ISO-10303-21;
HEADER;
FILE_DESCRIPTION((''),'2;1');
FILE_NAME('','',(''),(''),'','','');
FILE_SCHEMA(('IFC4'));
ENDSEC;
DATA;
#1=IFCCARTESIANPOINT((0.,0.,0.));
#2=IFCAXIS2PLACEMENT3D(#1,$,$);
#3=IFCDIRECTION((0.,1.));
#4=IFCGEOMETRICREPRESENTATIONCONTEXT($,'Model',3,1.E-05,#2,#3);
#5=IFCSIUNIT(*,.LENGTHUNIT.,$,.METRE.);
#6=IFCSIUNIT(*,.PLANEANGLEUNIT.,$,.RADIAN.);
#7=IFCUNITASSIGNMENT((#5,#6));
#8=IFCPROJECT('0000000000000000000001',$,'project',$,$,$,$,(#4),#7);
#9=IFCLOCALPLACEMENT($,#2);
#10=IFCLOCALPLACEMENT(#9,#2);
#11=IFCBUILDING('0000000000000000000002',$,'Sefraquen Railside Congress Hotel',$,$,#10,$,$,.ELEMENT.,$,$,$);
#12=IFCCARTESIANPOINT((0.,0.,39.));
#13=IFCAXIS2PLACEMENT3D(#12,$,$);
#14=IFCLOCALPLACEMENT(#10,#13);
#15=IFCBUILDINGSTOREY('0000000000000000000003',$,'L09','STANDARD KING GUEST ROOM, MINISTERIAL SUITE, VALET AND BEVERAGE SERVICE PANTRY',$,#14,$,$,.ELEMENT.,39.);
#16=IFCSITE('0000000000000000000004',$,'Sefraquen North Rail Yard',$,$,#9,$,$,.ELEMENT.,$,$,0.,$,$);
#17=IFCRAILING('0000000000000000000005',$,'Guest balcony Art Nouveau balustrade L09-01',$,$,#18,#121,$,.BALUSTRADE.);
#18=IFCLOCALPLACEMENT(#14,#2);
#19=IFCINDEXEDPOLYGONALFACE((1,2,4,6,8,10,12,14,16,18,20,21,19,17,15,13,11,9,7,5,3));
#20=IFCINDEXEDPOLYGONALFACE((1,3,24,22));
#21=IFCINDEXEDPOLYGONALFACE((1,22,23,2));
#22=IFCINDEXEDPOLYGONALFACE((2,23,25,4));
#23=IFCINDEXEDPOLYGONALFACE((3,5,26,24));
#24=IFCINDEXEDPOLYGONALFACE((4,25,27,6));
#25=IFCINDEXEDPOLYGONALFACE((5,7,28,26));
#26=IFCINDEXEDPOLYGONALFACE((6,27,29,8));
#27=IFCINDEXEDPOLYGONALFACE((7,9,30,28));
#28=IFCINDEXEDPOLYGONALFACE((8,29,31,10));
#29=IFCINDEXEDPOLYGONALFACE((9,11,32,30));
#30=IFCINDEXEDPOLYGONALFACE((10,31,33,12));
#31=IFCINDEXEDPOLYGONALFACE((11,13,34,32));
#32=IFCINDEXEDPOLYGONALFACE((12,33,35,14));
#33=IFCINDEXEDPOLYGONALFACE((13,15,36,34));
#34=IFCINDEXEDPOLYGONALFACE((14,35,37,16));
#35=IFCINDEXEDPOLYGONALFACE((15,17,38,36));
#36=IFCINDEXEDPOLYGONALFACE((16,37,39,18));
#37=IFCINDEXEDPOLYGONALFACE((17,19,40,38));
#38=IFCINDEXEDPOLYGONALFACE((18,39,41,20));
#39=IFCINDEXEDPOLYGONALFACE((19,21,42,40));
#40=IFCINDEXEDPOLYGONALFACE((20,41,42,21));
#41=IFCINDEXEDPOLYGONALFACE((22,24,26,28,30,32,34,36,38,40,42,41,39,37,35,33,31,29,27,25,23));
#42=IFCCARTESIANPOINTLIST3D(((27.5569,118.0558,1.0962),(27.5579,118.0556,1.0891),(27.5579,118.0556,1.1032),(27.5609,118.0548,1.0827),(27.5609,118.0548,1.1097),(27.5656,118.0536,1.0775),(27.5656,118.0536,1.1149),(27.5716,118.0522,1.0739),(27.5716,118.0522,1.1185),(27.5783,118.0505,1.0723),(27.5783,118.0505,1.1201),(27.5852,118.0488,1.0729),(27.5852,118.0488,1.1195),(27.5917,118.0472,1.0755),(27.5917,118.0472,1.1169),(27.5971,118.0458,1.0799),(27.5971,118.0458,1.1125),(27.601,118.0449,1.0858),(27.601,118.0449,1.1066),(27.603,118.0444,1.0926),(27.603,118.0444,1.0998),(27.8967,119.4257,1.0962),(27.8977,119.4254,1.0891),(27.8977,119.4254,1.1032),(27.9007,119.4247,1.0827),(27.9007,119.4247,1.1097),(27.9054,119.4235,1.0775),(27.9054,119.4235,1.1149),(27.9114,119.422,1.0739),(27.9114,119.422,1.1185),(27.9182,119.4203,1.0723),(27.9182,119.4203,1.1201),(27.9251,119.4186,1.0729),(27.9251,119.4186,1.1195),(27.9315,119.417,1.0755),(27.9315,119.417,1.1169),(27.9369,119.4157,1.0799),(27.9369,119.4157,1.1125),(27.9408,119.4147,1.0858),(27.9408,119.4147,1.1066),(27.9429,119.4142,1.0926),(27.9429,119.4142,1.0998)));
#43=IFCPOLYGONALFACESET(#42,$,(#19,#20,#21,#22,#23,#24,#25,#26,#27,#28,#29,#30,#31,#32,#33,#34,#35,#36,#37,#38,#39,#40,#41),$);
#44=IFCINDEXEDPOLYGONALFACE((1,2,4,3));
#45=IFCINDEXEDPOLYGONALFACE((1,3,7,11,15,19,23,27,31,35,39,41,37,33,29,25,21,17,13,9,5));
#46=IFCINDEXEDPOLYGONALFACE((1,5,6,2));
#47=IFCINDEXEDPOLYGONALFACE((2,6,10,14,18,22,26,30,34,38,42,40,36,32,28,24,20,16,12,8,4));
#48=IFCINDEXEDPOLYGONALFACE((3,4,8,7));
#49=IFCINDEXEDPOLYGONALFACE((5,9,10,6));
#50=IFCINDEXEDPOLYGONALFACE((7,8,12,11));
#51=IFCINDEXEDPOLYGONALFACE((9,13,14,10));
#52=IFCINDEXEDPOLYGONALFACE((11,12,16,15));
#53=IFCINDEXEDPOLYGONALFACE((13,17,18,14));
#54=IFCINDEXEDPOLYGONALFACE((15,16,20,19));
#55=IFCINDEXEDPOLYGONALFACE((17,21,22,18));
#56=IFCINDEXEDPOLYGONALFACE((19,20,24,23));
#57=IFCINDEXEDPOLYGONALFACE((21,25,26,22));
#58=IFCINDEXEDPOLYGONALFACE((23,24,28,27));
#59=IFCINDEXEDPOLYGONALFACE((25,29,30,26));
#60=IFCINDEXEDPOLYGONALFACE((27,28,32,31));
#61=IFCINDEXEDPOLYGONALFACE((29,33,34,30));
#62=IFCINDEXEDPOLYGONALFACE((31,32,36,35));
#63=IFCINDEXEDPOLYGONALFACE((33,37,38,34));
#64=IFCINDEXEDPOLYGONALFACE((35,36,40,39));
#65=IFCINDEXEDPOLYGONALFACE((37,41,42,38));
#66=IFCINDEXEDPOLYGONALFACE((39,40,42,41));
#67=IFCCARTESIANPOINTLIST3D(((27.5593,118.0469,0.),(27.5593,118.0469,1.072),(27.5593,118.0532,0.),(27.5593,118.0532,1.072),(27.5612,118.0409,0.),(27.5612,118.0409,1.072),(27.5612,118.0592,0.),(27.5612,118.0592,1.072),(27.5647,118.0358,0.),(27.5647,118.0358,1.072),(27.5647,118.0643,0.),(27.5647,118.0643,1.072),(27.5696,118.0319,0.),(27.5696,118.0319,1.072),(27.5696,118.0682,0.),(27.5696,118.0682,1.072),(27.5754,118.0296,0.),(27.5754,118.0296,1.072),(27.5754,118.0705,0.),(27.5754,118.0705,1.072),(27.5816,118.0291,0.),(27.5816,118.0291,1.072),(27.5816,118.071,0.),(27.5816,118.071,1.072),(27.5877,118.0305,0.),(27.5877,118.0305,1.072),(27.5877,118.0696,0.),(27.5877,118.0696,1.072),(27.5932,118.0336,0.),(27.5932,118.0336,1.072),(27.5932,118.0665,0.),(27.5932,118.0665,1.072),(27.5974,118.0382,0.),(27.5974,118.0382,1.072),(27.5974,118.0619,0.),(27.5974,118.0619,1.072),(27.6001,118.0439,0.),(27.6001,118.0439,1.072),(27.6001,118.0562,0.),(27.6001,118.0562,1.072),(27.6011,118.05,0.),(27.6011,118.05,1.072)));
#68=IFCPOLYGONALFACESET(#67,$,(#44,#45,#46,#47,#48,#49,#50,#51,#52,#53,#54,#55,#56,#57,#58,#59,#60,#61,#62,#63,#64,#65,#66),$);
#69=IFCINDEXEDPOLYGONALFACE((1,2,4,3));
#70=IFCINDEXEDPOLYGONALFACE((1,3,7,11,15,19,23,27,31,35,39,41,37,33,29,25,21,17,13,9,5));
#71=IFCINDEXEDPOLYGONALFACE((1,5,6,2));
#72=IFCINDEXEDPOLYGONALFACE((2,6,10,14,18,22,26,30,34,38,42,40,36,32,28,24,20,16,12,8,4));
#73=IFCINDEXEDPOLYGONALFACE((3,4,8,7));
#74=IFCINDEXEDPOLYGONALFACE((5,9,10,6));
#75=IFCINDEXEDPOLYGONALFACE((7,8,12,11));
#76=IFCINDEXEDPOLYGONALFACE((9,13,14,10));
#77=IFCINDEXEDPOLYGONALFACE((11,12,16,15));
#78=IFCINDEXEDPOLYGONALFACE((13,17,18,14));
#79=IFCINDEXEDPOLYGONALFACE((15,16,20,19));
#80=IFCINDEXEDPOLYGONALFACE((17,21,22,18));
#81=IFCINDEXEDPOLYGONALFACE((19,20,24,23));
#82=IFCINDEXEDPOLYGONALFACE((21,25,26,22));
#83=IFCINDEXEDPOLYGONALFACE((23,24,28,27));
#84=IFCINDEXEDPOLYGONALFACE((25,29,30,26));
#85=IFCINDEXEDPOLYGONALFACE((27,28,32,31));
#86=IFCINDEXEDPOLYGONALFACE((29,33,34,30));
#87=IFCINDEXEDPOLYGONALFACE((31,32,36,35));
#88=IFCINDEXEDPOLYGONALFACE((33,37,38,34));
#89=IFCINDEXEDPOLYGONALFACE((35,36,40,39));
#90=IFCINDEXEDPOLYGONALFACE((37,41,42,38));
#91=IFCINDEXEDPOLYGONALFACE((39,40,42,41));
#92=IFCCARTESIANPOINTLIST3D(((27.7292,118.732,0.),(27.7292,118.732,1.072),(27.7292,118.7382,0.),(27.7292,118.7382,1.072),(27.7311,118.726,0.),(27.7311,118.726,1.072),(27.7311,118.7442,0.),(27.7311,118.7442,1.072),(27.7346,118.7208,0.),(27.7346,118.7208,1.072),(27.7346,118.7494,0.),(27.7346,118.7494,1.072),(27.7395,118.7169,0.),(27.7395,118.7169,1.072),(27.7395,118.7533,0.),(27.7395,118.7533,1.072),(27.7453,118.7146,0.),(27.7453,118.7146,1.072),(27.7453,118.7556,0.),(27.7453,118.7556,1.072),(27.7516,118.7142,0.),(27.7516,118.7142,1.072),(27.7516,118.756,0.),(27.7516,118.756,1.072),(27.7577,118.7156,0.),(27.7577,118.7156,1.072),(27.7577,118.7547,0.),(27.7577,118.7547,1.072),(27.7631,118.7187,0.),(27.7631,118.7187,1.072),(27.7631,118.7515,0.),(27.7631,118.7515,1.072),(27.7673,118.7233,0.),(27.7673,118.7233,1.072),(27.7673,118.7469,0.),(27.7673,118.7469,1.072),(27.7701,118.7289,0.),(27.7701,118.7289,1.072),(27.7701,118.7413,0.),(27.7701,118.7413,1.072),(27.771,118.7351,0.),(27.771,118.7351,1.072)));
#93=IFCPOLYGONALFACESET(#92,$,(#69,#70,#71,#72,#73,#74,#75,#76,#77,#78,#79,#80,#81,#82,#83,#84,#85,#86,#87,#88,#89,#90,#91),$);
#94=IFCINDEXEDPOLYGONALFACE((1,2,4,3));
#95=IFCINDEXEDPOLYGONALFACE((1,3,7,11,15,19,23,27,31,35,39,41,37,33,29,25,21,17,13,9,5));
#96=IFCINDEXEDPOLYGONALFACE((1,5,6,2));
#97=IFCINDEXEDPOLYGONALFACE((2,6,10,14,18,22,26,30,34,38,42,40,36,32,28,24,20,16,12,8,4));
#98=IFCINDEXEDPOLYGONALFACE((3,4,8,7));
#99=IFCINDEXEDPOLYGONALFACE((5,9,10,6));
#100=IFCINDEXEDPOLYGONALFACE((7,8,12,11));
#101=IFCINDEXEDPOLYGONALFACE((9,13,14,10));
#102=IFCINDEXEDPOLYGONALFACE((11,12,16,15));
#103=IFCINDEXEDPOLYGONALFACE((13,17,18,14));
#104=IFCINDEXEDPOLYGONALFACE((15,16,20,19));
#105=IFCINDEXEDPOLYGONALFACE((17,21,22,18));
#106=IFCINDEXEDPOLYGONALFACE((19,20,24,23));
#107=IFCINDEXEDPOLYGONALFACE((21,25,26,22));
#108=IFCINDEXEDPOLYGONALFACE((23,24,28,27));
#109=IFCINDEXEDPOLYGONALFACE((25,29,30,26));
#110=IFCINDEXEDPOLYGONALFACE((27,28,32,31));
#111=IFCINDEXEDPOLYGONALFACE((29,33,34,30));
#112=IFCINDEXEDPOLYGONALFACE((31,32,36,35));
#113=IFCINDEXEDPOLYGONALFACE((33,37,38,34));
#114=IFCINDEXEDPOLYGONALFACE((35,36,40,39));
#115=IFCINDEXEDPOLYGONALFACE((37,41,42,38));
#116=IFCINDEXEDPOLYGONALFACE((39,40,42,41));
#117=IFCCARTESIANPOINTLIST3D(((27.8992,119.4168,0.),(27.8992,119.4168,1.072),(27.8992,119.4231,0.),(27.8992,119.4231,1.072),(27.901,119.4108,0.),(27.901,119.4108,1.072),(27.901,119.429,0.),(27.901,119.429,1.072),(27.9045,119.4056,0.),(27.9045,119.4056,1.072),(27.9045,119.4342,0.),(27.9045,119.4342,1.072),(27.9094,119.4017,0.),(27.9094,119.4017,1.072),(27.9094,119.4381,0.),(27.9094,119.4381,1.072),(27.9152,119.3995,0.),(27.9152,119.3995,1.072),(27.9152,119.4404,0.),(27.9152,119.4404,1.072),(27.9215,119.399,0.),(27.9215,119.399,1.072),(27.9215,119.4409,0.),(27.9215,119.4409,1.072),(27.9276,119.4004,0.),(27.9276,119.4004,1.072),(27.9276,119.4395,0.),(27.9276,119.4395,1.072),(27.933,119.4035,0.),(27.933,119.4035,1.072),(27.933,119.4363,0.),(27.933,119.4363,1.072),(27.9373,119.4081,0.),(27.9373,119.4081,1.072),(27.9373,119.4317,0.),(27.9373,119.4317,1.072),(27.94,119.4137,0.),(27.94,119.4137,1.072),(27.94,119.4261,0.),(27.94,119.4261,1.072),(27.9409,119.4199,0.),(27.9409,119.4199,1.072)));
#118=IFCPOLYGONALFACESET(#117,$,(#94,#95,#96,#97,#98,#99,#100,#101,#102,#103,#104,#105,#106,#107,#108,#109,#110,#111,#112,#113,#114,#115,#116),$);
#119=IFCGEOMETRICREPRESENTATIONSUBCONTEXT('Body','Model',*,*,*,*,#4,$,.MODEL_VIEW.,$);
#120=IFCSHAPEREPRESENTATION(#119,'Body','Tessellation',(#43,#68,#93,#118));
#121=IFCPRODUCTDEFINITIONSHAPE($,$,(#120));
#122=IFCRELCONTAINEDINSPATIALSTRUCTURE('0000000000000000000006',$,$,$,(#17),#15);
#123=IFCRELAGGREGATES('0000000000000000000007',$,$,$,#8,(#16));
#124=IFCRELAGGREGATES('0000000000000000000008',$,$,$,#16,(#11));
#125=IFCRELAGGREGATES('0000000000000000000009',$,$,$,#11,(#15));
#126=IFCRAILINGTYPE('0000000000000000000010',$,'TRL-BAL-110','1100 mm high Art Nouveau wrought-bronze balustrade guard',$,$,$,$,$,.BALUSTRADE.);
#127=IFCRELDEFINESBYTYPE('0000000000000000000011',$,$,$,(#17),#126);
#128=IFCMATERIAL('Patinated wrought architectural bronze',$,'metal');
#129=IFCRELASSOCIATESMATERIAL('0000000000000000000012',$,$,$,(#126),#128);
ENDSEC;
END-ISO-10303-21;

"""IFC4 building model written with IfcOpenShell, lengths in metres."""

from ifc_helpers import new_model, si_unit, direction, frame, origin, origin_2d, place, context, subcontext, project, spatial, circle, extrude, material, type_object, element, save


model = new_model("IFC4")

# Units and contexts
model_context = context("Model", 3, precision=1e-05, world=origin(), true_north=direction((0.0, 1.0)))
body_context = subcontext(model_context, "Body", "Model", "MODEL_VIEW")
ifc_project = project(units=[si_unit("LENGTHUNIT", "METRE"), si_unit("PLANEANGLEUNIT", "RADIAN")], contexts=[model_context])

# Site, building, storey
site_placement = place(None, origin())
site = spatial("IfcSite", under=ifc_project, at=site_placement, Name="Sefraquen North Rail Yard", CompositionType="ELEMENT", RefElevation=0.0)
building_placement = place(site_placement, origin())
building = spatial("IfcBuilding", under=site, at=building_placement, Name="Sefraquen Railside Congress Hotel", CompositionType="ELEMENT")
storey_placement = place(building_placement, frame((0.0, 0.0, 39.0)))
storey = spatial("IfcBuildingStorey", under=building, at=storey_placement, Name="L09", Description="STANDARD KING GUEST ROOM, MINISTERIAL SUITE, VALET AND BEVERAGE SERVICE PANTRY", CompositionType="ELEMENT", Elevation=39.0)

# Railing
ifc_material_1 = material(Name="Patinated wrought architectural bronze", Category="metal")
railing_type = type_object("IfcRailingType", Name="TRL-BAL-110", Description="1100 mm high Art Nouveau wrought-bronze balustrade guard", PredefinedType="BALUSTRADE", material=ifc_material_1)
railing_placement = place(storey_placement, frame((27.5801, 118.05, 0.0)))
element("IfcRailing", 1, at=railing_placement, inside=storey, type_object=railing_type, Name="Guest balcony Art Nouveau balustrade L09-01", PredefinedType="BALUSTRADE", context=body_context, shape_type="SweptSolid", body=[
    extrude(circle(Radius=0.0239, at=origin_2d()), frame((0.0, 0.0, 1.0962), z_axis=(0.240785, 0.970578, 0.0), x_axis=(-0.970578, 0.240785, 0.0)), (0.0, 0.0, 1.0), 1.4114),
    extrude(circle(Radius=0.021, at=origin_2d()), origin(), (0.0, 0.0, 1.0), 1.072),
    extrude(circle(Radius=0.021, at=origin_2d()), frame((0.1699, 0.6851, 0.0)), (0.0, 0.0, 1.0), 1.072),
    extrude(circle(Radius=0.021, at=origin_2d()), frame((0.3398, 1.3699, 0.0)), (0.0, 0.0, 1.0), 1.072),
])

save(model, "model.ifc")
